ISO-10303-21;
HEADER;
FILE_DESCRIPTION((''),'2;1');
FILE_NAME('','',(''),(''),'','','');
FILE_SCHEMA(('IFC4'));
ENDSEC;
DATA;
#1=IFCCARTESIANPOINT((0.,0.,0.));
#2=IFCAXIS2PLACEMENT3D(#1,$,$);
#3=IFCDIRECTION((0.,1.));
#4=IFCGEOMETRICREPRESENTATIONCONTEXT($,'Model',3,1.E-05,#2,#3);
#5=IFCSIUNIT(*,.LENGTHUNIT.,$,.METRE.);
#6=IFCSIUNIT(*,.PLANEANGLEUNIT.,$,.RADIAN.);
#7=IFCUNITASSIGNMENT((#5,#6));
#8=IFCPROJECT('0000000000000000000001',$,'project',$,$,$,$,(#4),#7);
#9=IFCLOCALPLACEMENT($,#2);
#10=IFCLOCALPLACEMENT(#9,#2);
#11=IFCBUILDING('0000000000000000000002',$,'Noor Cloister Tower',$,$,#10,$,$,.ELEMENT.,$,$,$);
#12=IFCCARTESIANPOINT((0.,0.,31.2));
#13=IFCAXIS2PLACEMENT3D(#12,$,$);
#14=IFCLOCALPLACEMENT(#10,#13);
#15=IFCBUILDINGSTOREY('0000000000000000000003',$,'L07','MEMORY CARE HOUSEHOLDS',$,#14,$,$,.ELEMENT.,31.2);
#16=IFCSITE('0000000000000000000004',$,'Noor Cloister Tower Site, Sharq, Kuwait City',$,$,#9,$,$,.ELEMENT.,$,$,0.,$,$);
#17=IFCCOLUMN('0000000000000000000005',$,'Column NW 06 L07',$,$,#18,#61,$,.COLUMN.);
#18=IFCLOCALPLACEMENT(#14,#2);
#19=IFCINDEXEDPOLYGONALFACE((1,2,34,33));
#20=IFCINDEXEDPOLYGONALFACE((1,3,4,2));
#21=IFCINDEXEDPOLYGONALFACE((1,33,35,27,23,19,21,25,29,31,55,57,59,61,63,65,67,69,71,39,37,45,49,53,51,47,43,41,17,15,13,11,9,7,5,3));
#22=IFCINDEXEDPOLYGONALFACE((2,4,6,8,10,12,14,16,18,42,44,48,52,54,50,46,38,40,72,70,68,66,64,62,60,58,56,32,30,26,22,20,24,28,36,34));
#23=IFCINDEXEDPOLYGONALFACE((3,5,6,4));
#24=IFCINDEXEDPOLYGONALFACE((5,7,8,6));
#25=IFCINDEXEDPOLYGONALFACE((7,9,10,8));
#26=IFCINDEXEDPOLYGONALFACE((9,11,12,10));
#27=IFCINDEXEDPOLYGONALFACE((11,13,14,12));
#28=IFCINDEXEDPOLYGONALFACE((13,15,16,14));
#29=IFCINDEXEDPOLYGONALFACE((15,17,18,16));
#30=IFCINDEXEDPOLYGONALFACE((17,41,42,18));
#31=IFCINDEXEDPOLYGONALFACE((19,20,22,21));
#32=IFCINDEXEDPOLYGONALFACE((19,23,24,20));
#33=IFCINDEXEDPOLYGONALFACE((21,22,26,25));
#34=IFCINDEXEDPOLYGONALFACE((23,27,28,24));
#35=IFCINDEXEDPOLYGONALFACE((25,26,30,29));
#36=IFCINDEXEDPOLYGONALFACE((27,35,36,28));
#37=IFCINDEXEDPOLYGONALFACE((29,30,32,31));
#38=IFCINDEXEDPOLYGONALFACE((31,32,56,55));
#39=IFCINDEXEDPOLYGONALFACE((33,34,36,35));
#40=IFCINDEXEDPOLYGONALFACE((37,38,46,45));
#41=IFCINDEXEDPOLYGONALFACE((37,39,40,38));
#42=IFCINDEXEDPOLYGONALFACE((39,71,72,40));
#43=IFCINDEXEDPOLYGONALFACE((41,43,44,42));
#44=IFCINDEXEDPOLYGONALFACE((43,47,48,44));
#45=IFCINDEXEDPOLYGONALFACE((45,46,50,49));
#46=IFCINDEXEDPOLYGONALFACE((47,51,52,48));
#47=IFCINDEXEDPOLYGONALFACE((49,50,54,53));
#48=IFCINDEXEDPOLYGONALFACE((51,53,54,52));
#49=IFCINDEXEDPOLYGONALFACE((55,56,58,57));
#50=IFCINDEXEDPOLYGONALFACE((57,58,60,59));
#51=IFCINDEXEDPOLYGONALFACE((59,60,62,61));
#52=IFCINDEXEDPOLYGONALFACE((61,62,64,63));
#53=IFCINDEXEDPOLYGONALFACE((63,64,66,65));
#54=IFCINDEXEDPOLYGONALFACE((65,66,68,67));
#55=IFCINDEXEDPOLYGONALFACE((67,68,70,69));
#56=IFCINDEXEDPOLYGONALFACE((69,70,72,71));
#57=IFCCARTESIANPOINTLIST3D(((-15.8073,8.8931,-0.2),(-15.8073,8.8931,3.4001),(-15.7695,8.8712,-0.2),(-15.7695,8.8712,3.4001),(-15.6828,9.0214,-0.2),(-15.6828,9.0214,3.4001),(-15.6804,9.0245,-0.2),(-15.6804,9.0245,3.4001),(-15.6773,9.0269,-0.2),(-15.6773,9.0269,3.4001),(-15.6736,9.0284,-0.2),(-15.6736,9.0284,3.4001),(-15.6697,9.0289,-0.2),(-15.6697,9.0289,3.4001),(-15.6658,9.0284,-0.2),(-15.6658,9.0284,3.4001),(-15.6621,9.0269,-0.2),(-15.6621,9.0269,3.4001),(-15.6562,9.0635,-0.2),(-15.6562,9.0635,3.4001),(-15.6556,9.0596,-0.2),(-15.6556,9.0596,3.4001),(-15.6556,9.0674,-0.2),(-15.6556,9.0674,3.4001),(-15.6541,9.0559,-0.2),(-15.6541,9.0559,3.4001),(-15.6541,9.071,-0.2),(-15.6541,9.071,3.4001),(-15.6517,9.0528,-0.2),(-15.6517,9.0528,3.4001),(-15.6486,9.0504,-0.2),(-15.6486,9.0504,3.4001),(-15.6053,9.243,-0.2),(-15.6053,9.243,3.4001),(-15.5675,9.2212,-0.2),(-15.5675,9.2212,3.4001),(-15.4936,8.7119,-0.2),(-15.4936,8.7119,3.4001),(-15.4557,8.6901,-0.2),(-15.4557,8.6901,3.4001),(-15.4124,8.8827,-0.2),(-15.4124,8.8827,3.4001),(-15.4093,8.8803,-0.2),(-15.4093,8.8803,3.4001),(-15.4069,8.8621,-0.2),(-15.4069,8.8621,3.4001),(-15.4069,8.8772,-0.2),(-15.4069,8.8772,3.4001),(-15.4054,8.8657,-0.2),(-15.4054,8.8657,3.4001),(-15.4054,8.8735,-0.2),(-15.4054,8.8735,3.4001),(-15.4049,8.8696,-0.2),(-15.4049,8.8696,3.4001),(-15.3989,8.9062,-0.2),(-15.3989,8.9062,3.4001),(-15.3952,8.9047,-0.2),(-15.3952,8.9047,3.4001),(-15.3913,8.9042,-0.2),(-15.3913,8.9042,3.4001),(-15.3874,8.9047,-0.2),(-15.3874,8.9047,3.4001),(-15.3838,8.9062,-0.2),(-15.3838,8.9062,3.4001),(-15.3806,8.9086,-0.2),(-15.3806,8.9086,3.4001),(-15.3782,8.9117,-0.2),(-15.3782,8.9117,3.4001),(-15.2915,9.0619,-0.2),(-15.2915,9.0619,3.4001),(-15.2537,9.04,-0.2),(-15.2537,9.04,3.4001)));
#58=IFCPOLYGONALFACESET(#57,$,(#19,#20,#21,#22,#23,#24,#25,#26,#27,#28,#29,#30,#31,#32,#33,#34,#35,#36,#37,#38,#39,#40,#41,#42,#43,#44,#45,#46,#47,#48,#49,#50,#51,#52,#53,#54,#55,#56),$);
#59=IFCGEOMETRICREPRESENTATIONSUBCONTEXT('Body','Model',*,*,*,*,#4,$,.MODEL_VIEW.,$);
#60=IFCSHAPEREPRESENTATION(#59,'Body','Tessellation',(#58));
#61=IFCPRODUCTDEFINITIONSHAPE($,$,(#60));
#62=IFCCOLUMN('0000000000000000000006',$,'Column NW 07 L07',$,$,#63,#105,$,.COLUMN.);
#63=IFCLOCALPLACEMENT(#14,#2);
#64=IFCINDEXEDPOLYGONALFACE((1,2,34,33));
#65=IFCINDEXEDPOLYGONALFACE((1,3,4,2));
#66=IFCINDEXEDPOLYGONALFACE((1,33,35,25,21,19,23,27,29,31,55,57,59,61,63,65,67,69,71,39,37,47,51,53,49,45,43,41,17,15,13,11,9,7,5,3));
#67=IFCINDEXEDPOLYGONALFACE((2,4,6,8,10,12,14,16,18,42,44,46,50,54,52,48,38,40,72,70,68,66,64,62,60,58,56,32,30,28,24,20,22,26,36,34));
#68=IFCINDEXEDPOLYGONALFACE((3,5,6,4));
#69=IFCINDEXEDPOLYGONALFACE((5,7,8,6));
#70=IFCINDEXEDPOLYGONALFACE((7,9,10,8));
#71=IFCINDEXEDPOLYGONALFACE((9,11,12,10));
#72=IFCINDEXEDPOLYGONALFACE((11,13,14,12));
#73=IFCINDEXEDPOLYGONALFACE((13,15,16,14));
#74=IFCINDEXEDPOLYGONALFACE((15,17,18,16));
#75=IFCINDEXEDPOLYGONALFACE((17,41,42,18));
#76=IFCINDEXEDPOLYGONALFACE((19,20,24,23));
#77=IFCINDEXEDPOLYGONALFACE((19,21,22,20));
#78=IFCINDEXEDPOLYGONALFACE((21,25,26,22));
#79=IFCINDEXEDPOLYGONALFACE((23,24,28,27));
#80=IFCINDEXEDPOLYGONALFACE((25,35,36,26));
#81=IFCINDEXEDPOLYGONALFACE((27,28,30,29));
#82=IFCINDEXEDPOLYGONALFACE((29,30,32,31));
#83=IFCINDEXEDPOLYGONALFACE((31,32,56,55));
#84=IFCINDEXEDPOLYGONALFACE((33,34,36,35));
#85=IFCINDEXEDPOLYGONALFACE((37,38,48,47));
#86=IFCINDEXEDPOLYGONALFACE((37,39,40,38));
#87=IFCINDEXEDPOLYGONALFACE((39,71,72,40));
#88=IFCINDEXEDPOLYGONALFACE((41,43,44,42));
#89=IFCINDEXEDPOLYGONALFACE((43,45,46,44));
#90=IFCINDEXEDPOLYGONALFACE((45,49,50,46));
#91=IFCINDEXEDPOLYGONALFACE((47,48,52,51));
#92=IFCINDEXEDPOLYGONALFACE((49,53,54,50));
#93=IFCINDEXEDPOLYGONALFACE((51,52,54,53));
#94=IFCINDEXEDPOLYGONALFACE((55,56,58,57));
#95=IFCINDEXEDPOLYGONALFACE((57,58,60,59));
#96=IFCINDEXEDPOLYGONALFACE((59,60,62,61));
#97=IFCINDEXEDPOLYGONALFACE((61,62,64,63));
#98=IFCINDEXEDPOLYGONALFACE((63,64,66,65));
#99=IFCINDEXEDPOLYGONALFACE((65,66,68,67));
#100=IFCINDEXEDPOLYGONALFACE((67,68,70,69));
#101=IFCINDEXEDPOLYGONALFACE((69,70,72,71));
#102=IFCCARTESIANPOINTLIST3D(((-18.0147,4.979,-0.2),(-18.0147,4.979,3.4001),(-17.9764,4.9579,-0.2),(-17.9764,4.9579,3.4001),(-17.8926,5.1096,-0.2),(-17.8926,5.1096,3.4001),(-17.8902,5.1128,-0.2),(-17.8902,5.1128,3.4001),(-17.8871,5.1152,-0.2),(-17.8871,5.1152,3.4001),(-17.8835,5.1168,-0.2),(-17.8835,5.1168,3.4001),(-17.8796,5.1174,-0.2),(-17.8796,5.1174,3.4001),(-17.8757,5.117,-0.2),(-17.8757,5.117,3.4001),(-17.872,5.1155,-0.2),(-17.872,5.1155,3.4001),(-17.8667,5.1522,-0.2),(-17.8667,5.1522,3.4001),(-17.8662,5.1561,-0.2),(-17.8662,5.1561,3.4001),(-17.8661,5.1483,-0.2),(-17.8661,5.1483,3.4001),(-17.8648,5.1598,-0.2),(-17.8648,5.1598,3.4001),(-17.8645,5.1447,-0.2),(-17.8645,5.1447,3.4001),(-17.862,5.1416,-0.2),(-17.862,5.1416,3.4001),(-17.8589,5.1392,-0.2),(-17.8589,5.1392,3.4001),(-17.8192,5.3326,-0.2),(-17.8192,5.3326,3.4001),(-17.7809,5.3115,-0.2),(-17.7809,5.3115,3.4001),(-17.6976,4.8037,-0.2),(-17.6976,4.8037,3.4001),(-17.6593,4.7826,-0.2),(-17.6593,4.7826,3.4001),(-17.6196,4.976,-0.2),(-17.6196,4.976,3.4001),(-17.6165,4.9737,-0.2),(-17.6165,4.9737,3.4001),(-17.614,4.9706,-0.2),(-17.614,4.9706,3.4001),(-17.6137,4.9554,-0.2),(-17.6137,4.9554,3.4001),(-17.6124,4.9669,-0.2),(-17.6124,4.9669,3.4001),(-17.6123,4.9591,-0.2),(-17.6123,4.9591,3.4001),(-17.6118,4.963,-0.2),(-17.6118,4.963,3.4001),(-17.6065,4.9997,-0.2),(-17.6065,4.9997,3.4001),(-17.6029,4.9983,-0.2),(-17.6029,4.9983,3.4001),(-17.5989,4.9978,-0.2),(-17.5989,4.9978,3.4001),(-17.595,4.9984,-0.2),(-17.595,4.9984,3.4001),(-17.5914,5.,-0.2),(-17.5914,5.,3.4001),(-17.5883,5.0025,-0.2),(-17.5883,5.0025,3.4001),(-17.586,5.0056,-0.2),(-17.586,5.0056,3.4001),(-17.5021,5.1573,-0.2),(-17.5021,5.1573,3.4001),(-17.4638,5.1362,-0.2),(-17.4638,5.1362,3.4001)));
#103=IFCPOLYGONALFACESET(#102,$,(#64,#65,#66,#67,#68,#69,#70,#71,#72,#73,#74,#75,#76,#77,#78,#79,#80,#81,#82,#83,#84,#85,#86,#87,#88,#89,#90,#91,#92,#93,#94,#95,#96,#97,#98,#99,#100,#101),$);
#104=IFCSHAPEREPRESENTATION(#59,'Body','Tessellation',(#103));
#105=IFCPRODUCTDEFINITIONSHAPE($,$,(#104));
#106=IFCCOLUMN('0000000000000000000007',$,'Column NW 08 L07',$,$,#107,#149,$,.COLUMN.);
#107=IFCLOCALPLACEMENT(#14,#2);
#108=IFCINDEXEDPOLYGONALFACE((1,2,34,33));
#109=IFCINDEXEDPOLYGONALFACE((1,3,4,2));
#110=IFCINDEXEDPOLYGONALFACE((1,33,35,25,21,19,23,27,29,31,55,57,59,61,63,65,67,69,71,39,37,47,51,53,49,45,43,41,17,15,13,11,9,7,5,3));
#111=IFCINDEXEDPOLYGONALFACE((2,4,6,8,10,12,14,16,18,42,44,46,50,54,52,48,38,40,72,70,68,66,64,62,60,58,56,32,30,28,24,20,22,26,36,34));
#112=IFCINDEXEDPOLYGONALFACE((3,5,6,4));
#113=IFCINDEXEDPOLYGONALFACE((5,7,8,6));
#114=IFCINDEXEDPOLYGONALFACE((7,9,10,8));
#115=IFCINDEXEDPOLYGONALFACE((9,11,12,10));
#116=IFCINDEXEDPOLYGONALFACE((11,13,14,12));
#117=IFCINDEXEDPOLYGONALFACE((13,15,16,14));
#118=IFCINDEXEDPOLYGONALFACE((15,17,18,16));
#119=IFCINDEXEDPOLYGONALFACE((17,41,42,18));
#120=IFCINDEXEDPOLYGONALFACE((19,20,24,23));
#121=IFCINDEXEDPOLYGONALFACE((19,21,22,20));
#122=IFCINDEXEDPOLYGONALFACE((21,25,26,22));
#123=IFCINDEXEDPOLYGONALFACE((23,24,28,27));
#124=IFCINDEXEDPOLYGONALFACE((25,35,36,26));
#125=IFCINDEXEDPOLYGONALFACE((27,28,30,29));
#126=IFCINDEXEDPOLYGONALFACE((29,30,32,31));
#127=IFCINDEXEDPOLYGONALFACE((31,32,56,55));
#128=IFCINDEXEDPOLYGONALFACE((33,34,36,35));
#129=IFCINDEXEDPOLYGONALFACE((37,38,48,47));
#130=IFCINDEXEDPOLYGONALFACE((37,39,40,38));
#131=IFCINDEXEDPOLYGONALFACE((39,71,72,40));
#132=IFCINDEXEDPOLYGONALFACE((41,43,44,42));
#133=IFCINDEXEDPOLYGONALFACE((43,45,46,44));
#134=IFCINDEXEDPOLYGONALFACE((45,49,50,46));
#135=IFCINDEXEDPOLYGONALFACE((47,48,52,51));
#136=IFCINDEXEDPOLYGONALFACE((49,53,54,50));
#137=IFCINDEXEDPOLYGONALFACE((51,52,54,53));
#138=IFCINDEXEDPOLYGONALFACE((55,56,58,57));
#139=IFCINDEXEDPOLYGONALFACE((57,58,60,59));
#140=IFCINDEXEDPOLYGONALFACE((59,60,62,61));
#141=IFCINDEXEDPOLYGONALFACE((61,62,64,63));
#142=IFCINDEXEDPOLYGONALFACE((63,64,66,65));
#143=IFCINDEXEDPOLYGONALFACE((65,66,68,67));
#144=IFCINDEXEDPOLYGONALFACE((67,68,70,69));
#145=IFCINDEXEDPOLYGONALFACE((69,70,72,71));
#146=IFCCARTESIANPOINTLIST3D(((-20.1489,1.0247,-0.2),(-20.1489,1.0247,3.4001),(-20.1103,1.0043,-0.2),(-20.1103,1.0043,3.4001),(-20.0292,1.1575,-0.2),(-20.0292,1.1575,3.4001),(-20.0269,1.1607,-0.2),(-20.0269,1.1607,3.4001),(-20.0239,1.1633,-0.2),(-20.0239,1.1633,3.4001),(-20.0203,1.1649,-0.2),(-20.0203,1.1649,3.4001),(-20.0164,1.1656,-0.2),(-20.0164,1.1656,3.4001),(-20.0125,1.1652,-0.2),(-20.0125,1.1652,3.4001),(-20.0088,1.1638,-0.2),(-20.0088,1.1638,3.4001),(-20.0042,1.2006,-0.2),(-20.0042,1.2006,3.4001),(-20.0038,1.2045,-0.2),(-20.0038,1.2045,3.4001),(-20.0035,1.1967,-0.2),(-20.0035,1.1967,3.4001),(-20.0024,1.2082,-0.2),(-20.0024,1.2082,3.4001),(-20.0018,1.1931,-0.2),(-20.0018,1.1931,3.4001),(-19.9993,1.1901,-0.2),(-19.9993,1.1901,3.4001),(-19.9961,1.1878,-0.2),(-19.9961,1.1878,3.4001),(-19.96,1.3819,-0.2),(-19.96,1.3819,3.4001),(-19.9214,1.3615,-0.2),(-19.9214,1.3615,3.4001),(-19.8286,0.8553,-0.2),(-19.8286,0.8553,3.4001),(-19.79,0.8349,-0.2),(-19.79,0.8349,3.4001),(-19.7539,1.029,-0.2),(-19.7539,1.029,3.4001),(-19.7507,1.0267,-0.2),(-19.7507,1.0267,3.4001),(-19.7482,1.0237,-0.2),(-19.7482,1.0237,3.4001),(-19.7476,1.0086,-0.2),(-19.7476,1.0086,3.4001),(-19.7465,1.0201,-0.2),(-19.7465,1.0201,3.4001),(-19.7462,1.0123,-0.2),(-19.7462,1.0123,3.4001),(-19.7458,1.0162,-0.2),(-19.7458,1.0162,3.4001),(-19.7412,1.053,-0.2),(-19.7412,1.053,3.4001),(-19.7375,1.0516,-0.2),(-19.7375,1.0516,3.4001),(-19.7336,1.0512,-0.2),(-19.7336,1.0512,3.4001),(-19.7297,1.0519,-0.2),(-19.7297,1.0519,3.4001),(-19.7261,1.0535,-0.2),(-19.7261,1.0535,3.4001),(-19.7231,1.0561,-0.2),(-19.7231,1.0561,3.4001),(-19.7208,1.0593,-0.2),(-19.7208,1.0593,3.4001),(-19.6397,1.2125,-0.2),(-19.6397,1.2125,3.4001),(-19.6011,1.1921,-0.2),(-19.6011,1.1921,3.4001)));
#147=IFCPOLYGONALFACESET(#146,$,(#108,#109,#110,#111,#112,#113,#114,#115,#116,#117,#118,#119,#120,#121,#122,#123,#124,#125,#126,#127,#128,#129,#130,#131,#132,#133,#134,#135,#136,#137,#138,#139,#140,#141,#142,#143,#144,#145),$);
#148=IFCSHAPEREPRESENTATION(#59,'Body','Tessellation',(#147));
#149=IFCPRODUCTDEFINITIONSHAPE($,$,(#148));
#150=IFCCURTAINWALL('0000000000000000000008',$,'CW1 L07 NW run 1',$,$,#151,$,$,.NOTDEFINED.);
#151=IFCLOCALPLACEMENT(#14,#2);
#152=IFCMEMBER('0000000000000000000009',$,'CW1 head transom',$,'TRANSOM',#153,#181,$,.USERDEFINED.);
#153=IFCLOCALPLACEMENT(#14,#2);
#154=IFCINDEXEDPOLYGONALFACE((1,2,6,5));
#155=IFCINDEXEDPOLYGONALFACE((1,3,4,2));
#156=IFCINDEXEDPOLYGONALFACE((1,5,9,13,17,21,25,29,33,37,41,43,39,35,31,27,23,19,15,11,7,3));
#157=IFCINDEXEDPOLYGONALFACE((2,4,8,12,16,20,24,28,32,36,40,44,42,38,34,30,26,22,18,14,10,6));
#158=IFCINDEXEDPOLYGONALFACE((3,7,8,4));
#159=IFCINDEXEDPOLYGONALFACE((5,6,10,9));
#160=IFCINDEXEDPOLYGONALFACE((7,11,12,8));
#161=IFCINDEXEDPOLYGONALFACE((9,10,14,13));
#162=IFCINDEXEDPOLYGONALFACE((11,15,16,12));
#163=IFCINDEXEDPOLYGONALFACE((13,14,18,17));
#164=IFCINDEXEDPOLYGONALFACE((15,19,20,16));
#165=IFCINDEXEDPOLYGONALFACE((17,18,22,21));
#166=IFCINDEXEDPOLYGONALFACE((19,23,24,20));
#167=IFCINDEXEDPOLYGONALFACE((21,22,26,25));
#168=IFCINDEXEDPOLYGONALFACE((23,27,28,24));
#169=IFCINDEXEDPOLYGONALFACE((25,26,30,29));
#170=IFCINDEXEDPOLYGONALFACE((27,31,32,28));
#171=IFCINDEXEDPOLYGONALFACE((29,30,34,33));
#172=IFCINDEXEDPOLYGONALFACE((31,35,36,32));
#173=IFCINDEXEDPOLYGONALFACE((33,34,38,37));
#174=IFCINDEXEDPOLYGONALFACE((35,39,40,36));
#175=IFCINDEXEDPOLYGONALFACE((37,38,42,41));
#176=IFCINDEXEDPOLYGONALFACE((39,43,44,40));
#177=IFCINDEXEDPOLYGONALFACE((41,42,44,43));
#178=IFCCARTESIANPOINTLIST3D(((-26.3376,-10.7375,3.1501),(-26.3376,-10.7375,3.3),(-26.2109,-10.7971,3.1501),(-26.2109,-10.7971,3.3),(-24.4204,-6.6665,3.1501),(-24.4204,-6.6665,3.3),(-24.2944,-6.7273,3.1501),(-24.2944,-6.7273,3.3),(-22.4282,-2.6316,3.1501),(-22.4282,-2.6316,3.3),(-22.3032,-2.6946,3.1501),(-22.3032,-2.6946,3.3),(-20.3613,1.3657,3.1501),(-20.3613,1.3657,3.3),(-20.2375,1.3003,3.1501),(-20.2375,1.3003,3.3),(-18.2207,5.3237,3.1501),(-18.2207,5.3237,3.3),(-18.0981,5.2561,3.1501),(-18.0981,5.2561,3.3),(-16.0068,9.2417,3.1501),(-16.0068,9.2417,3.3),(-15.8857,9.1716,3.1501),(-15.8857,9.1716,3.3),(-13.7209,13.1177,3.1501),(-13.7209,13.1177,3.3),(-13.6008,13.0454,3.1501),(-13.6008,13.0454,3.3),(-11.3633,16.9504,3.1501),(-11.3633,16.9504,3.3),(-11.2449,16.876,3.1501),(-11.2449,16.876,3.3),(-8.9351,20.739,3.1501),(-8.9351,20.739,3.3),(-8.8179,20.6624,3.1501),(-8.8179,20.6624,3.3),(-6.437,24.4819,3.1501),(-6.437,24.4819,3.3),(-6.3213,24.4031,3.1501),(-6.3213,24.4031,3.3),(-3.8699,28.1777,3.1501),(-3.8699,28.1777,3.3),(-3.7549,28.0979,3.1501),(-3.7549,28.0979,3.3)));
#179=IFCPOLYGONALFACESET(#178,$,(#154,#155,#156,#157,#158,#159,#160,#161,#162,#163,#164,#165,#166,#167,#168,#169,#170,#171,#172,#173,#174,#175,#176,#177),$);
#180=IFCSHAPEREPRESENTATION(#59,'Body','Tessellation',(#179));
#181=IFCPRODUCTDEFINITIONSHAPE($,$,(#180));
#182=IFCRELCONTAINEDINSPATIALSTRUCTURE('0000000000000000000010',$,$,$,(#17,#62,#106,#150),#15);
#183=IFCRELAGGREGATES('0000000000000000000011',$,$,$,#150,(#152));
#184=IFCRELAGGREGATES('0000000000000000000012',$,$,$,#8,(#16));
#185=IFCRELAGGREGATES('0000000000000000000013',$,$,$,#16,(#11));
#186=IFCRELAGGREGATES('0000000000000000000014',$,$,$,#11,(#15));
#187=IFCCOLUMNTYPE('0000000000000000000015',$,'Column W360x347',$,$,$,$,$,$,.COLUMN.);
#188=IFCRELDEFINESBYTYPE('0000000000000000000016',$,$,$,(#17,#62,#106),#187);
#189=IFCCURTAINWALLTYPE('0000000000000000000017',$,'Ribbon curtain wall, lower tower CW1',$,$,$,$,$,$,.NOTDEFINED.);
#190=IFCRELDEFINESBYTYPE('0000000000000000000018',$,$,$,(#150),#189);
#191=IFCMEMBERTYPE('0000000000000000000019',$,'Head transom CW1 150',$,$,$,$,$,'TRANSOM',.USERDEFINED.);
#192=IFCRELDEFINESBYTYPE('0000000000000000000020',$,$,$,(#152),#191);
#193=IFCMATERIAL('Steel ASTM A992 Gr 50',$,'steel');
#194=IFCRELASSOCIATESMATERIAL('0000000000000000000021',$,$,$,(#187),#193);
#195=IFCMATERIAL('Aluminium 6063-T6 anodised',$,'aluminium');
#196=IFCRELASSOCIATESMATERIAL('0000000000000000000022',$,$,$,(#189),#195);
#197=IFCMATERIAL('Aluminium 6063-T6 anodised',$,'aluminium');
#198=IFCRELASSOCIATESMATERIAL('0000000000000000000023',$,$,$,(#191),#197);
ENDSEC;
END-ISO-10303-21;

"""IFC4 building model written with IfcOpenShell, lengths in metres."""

from ifc_helpers import new_model, si_unit, direction, frame, origin, origin_2d, place, context, subcontext, project, spatial, polyline, i_section, outline, extrude, material, material_profile, profile_set, type_object, element, aggregate, save


model = new_model("IFC4")

# Units and contexts
model_context = context("Model", 3, precision=1e-05, world=origin(), true_north=direction((0.0, 1.0)))
body_context = subcontext(model_context, "Body", "Model", "MODEL_VIEW")
ifc_project = project(units=[si_unit("LENGTHUNIT", "METRE"), si_unit("PLANEANGLEUNIT", "RADIAN")], contexts=[model_context])

# Site, building, storey
site_placement = place(None, origin())
site = spatial("IfcSite", under=ifc_project, at=site_placement, Name="Noor Cloister Tower Site, Sharq, Kuwait City", CompositionType="ELEMENT", RefElevation=0.0)
building_placement = place(site_placement, origin())
building = spatial("IfcBuilding", under=site, at=building_placement, Name="Noor Cloister Tower", CompositionType="ELEMENT")
storey_placement = place(building_placement, frame((0.0, 0.0, 31.2)))
storey = spatial("IfcBuildingStorey", under=building, at=storey_placement, Name="L07", Description="MEMORY CARE HOUSEHOLDS", CompositionType="ELEMENT", Elevation=31.2)

# Columns
ifc_material_1 = material(Name="Steel ASTM A992 Gr 50", Category="steel")
ifc_material_profile_1 = material_profile(ifc_material_1, i_section(OverallWidth=0.4041, OverallDepth=0.406, WebThickness=0.0271, FlangeThickness=0.0437, FilletRadius=0.0151, at=origin_2d()), Name="W360x347")
ifc_profile_set_1 = profile_set([ifc_material_profile_1], Name="Steel ASTM A992 Gr 50")
column_type = type_object("IfcColumnType", Name="Column W360x347", PredefinedType="COLUMN", material=ifc_profile_set_1)
for number, where, z_axis, x_axis, name in (
    (1, (-15.5305, 8.9666, -0.2), (0.0, 0.0, 1.0), (-0.5, -0.866025, 0.0), "Column NW 06 L07"),
    (2, (-17.7393, 5.0576, -0.2), (0.0, 0.0, 1.0), (-0.483847, -0.875153, 0.0), "Column NW 07 L07"),
    (3, (-19.875, 1.1084, -0.2), (0.0, 0.0, 1.0), (-0.467527, -0.883979, 0.0), "Column NW 08 L07"),
):
    element("IfcColumn", number, at=place(storey_placement, frame(where, z_axis=z_axis, x_axis=x_axis)), inside=storey, type_object=column_type, Name=name, PredefinedType="COLUMN", context=body_context, shape_type="SweptSolid", body=[
        extrude(i_section(OverallWidth=0.4041, OverallDepth=0.406, WebThickness=0.0271, FlangeThickness=0.0437, FilletRadius=0.0151, at=origin_2d()), origin(), (0.0, 0.0, 1.0), 3.6001),
    ])

# Curtain wall, member
ifc_material_2 = material(Name="Aluminium 6063-T6 anodised", Category="aluminium")
curtain_wall_type = type_object("IfcCurtainWallType", Name="Ribbon curtain wall, lower tower CW1", PredefinedType="NOTDEFINED", material=ifc_material_2)
curtain_wall_1_placement = place(storey_placement, origin())
curtain_wall_1 = element("IfcCurtainWall", 4, at=curtain_wall_1_placement, inside=storey, type_object=curtain_wall_type, Name="CW1 L07 NW run 1", PredefinedType="NOTDEFINED")
ifc_material_3 = material(Name="Aluminium 6063-T6 anodised", Category="aluminium")
member_type_1 = type_object("IfcMemberType", Name="Head transom CW1 150", ElementType="TRANSOM", PredefinedType="USERDEFINED", material=ifc_material_3)
member_1_placement = place(storey_placement, frame((0.0, 0.0, 3.1501)))
member_1 = element("IfcMember", 5, at=member_1_placement, type_object=member_type_1, Name="CW1 head transom", ObjectType="TRANSOM", PredefinedType="USERDEFINED", context=body_context, shape_type="SweptSolid", body=[
    extrude(outline(polyline([(-3.8699, 28.1777), (-6.437, 24.4819), (-8.9351, 20.739), (-11.3633, 16.9504), (-13.7209, 13.1177), (-16.0068, 9.2417), (-18.2207, 5.3237), (-20.3613, 1.3657), (-22.4282, -2.6316), (-24.4204, -6.6665), (-26.3376, -10.7375), (-26.2109, -10.7971), (-24.2944, -6.7273), (-22.3032, -2.6946), (-20.2375, 1.3003), (-18.0981, 5.2561), (-15.8857, 9.1716), (-13.6008, 13.0454), (-11.2449, 16.876), (-8.8179, 20.6624), (-6.3213, 24.4031), (-3.7549, 28.0979), (-3.8699, 28.1777)])), origin(), (0.0, 0.0, 1.0), 0.1499),
])

aggregate(curtain_wall_1, [member_1])

save(model, "model.ifc")
